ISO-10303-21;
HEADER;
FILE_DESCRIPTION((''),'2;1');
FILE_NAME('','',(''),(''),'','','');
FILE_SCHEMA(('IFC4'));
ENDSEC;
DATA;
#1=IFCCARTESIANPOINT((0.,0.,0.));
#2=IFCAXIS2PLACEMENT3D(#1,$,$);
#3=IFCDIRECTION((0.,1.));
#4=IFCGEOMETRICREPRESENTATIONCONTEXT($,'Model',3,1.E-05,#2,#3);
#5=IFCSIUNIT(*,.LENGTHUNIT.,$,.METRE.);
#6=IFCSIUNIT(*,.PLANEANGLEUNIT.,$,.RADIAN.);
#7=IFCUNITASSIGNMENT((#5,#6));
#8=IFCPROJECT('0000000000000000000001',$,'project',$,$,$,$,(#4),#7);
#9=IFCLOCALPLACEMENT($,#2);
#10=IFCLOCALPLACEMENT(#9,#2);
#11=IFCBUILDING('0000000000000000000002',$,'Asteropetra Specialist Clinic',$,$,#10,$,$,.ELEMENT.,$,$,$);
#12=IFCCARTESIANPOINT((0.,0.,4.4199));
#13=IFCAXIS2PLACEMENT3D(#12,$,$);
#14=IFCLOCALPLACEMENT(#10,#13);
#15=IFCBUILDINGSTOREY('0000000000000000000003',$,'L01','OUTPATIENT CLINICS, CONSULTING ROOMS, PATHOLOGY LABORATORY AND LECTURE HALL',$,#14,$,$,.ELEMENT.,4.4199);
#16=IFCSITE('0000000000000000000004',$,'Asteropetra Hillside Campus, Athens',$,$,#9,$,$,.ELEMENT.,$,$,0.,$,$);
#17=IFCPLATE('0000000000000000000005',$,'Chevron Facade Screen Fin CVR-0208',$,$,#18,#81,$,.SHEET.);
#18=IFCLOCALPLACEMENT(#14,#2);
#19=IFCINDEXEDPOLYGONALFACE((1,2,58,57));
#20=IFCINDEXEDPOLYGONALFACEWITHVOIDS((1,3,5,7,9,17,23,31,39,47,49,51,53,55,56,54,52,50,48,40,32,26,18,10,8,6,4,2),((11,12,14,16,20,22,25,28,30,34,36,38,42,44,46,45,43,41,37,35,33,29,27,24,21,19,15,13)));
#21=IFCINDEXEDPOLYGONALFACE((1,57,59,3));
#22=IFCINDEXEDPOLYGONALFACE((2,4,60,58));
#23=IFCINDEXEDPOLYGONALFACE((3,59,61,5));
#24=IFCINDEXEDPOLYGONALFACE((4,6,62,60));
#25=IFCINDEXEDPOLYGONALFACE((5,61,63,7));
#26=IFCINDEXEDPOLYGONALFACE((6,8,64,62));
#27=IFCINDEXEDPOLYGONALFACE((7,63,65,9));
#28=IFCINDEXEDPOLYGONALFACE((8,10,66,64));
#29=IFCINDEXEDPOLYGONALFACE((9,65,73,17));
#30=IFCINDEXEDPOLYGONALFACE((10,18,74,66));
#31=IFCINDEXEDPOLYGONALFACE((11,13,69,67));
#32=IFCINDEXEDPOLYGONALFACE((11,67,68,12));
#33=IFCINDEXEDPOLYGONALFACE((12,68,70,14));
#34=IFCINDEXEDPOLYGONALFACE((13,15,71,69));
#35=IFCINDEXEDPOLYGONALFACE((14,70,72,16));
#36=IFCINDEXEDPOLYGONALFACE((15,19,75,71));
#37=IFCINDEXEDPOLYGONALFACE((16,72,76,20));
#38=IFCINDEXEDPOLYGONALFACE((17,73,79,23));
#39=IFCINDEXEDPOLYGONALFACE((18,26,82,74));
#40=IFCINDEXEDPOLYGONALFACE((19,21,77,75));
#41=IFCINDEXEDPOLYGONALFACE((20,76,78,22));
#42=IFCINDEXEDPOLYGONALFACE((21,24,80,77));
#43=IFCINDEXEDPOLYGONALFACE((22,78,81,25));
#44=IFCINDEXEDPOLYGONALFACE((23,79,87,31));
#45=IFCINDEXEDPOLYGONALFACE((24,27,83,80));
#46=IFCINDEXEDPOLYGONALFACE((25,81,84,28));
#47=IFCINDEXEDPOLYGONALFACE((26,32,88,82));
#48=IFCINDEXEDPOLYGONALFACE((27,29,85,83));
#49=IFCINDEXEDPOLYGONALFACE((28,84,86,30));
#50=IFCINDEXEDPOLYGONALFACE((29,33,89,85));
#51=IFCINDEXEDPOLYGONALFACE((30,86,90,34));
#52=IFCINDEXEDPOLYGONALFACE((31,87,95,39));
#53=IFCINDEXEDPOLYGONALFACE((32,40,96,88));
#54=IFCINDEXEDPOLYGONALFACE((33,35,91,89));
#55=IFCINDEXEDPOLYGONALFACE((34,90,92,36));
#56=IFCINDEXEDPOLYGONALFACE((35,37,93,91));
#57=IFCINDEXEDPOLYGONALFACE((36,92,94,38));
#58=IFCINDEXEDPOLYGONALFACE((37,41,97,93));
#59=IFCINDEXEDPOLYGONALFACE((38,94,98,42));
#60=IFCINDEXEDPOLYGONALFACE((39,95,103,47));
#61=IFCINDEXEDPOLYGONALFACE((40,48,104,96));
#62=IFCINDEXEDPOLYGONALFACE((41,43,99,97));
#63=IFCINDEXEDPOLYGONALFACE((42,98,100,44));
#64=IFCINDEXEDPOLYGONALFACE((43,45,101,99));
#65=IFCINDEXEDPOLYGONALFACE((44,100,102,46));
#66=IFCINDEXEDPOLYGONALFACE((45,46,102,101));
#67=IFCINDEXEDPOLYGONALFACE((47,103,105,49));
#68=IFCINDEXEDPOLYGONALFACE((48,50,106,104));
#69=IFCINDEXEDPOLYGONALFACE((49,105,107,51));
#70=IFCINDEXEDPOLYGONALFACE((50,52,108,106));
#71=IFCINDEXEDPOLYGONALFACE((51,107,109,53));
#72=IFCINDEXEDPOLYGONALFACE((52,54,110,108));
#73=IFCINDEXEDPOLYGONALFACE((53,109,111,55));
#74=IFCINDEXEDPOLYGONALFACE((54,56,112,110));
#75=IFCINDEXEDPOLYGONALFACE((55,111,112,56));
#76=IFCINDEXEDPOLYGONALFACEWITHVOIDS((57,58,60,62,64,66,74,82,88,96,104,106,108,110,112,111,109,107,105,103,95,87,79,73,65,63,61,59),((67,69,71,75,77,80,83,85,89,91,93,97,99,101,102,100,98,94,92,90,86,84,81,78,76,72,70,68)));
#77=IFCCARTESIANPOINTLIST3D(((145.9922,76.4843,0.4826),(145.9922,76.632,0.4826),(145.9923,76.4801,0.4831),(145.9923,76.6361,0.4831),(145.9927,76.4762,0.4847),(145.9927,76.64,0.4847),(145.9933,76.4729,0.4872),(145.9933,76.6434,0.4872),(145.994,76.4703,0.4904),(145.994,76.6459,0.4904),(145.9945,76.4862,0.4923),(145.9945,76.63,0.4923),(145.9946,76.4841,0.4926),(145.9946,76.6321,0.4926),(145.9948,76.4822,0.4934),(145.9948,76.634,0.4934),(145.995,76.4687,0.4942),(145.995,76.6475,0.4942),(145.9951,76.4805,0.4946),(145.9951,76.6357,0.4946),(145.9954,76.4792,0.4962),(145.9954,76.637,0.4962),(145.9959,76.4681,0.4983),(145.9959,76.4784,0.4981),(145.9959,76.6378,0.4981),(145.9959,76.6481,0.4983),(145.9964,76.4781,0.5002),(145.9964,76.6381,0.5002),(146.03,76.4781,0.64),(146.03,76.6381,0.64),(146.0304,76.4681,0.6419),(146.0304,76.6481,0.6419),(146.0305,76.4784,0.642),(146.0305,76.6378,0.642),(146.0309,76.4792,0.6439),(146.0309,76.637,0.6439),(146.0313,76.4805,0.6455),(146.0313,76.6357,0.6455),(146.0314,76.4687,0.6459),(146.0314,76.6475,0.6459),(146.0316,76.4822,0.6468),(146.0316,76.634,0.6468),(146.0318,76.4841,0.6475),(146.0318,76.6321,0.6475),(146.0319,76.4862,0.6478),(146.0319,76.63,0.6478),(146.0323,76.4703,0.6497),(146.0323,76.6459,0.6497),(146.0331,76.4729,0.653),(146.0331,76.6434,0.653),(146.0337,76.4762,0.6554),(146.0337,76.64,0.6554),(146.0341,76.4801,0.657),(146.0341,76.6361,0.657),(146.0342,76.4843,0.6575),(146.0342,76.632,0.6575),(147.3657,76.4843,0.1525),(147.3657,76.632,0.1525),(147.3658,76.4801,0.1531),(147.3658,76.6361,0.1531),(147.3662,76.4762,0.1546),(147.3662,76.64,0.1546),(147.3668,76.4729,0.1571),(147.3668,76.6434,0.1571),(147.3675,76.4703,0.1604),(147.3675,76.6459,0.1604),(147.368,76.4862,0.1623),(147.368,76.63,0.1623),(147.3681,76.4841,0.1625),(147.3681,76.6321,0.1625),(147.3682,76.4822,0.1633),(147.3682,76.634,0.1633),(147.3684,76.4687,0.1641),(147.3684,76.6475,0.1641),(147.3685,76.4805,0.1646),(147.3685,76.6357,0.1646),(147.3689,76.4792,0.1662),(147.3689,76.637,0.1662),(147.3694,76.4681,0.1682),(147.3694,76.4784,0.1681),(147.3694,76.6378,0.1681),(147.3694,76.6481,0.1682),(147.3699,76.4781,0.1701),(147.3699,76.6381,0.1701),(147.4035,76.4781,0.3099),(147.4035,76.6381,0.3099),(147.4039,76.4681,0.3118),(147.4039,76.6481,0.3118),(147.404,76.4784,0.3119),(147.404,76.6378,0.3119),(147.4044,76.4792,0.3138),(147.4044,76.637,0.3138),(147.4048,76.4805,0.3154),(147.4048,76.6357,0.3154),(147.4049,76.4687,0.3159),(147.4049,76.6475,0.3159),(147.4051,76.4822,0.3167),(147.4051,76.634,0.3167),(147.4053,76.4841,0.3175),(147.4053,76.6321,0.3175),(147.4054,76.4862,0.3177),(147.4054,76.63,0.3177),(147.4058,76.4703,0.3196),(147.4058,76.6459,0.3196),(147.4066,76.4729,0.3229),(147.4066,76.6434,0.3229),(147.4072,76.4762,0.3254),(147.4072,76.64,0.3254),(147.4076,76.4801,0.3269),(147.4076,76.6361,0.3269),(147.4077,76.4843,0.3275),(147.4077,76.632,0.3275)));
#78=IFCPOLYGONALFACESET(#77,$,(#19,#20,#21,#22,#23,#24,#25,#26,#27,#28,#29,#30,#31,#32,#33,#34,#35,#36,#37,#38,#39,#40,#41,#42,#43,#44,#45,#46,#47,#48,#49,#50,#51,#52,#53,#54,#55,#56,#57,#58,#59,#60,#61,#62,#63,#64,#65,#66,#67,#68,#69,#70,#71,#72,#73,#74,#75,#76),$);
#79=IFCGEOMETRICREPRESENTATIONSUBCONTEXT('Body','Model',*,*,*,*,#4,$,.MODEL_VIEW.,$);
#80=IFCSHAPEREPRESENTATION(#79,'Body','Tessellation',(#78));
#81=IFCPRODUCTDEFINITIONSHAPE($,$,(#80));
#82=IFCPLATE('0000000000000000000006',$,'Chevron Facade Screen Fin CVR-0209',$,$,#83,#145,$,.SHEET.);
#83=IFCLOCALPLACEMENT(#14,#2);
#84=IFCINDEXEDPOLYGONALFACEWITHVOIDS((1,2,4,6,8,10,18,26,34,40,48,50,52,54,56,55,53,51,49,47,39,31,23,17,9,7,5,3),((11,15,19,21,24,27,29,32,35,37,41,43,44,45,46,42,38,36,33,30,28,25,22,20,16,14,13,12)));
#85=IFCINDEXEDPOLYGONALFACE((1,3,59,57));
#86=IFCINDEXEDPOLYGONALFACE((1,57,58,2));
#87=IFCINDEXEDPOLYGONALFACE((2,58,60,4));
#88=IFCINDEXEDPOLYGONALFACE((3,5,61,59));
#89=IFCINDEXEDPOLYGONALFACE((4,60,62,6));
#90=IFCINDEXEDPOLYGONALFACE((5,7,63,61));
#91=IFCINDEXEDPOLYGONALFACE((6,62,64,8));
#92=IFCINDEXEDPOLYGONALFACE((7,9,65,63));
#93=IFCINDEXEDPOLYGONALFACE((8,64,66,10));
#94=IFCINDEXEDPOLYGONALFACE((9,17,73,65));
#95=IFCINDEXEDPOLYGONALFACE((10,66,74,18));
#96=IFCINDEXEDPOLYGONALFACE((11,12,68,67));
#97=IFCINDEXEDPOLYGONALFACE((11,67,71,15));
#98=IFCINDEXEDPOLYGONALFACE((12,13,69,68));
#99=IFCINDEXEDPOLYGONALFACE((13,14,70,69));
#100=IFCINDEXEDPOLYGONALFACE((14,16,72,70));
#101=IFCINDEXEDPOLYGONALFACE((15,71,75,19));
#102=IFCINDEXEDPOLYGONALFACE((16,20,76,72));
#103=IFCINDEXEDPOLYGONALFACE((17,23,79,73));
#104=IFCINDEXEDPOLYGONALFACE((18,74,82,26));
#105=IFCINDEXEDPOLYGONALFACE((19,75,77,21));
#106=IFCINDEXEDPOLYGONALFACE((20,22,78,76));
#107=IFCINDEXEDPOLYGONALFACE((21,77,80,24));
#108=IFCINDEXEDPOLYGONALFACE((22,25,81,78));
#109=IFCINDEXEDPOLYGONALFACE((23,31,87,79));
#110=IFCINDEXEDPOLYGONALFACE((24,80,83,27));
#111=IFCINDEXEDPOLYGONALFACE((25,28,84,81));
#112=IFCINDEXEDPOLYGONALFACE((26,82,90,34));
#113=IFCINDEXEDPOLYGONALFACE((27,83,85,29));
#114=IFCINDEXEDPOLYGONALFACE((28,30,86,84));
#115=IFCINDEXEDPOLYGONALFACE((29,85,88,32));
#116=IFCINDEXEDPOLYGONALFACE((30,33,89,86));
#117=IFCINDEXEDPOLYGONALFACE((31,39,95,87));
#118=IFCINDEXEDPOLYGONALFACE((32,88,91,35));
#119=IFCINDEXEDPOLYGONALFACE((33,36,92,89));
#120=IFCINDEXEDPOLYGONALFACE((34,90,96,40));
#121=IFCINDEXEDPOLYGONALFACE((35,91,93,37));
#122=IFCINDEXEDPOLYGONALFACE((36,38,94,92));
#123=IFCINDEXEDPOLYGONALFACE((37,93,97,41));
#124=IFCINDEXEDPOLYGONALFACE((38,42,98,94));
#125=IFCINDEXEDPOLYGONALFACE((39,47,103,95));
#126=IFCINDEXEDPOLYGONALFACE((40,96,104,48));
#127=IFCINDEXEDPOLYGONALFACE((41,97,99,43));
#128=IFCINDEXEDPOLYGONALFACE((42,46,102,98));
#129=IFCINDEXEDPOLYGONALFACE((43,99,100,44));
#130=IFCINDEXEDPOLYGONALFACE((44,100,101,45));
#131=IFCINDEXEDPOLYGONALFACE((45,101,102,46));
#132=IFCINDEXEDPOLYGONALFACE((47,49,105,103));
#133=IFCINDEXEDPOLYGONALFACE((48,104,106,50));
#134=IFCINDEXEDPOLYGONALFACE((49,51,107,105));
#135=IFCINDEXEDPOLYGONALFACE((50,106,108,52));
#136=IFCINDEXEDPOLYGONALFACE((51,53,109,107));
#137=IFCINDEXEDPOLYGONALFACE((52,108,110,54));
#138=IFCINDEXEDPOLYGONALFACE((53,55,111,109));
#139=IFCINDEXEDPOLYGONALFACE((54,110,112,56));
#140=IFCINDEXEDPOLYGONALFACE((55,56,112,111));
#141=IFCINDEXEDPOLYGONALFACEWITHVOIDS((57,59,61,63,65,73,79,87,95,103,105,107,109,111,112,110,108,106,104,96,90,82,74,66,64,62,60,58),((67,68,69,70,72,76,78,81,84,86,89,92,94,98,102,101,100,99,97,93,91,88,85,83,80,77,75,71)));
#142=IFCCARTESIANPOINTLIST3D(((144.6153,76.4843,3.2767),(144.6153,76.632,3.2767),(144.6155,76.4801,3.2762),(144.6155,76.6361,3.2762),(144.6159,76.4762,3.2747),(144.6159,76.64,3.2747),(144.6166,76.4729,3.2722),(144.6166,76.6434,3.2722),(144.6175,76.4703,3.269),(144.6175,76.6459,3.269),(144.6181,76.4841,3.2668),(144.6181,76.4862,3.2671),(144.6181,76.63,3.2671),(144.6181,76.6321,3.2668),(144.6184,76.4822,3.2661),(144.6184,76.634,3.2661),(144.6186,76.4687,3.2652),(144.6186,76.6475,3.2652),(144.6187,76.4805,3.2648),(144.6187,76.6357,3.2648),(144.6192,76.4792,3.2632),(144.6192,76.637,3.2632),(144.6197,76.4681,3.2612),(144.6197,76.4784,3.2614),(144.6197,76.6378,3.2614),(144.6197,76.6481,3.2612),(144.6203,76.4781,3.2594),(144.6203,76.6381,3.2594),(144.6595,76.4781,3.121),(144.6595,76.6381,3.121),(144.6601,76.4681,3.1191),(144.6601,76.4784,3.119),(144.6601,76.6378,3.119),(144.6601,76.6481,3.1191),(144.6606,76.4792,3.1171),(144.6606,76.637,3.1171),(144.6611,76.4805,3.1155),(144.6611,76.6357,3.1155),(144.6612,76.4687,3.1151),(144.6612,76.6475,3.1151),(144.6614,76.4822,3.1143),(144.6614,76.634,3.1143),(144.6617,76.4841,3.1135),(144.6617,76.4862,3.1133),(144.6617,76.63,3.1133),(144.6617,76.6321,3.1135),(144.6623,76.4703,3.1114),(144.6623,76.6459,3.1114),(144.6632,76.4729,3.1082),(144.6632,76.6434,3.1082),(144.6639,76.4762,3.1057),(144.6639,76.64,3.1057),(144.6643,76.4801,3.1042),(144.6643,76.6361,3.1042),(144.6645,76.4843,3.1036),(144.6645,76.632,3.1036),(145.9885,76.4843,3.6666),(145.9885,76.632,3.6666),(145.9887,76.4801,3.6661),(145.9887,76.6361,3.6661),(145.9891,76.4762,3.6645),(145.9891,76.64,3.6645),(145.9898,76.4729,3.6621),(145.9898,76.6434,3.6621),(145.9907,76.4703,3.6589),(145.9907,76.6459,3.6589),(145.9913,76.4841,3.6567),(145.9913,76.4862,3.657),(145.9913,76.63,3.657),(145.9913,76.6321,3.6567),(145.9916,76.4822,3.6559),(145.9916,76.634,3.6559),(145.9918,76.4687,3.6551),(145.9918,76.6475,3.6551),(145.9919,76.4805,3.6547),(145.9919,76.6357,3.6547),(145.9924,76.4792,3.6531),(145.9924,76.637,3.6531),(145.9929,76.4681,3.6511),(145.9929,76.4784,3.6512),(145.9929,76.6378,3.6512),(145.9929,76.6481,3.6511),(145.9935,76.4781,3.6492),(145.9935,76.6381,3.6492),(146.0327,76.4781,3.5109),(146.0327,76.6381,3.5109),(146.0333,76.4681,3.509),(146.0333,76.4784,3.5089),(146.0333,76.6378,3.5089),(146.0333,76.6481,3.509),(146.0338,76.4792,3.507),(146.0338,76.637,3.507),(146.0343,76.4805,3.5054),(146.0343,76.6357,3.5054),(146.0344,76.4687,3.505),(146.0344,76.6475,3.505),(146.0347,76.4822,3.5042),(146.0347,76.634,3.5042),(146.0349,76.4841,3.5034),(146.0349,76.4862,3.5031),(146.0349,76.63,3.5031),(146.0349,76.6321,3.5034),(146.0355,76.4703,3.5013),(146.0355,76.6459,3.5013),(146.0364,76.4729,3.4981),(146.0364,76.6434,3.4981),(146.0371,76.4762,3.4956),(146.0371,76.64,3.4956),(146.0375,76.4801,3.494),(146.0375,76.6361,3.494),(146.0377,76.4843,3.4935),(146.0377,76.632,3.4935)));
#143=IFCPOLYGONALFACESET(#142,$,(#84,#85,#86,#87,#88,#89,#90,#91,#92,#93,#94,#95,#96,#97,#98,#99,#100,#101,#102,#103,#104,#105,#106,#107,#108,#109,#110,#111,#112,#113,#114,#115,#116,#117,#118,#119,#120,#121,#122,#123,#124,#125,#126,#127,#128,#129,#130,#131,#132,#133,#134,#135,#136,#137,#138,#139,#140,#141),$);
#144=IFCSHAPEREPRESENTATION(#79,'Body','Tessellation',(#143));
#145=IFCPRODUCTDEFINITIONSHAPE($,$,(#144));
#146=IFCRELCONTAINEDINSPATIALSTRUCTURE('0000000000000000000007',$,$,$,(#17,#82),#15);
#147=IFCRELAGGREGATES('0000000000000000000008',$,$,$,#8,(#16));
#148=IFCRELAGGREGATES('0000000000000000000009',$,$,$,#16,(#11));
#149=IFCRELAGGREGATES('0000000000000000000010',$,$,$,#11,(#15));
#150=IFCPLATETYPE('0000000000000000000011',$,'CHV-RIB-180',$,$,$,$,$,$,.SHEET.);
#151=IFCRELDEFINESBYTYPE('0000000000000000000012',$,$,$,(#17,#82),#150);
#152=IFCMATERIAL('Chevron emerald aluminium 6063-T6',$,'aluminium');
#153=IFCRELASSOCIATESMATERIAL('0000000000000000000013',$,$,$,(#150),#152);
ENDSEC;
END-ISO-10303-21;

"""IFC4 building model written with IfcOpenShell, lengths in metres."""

from ifc_helpers import new_model, si_unit, direction, frame, origin, origin_2d, place, context, subcontext, project, spatial, hollow_rectangle, extrude, material, material_profile, profile_set, type_object, element, save


model = new_model("IFC4")

# Units and contexts
model_context = context("Model", 3, precision=1e-05, world=origin(), true_north=direction((0.0, 1.0)))
body_context = subcontext(model_context, "Body", "Model", "MODEL_VIEW")
ifc_project = project(units=[si_unit("LENGTHUNIT", "METRE"), si_unit("PLANEANGLEUNIT", "RADIAN")], contexts=[model_context])

# Site, building, storey
site_placement = place(None, origin())
site = spatial("IfcSite", under=ifc_project, at=site_placement, Name="Asteropetra Hillside Campus, Athens", CompositionType="ELEMENT", RefElevation=0.0)
building_placement = place(site_placement, origin())
building = spatial("IfcBuilding", under=site, at=building_placement, Name="Asteropetra Specialist Clinic", CompositionType="ELEMENT")
storey_placement = place(building_placement, frame((0.0, 0.0, 4.4199)))
storey = spatial("IfcBuildingStorey", under=building, at=storey_placement, Name="L01", Description="OUTPATIENT CLINICS, CONSULTING ROOMS, PATHOLOGY LABORATORY AND LECTURE HALL", CompositionType="ELEMENT", Elevation=4.4199)

# Plates
ifc_material_1 = material(Name="Chevron emerald aluminium 6063-T6", Category="aluminium")
ifc_material_profile_1 = material_profile(ifc_material_1, hollow_rectangle(XDim=0.1799, YDim=0.1799, WallThickness=0.01, InnerFilletRadius=0.0081, OuterFilletRadius=0.0161, at=origin_2d()), Name="SHS 180x180x10.0")
ifc_profile_set_1 = profile_set([ifc_material_profile_1], Name="Chevron emerald aluminium 6063-T6")
plate_type = type_object("IfcPlateType", Name="CHV-RIB-180", PredefinedType="SHEET", material=ifc_profile_set_1)
plate_1_placement = place(storey_placement, frame((146.0132, 76.5581, 0.5701), z_axis=(0.972318, 0.0, -0.233661), x_axis=(0.0, 1.0, 0.0)))
element("IfcPlate", 1, at=plate_1_placement, inside=storey, type_object=plate_type, Name="Chevron Facade Screen Fin CVR-0208", PredefinedType="SHEET", context=body_context, shape_type="SweptSolid", body=[
    extrude(hollow_rectangle(XDim=0.1799, YDim=0.1799, WallThickness=0.01, InnerFilletRadius=0.0081, OuterFilletRadius=0.0161, at=origin_2d()), origin(), (0.0, 0.0, 1.0), 1.4126),
])
plate_2_placement = place(storey_placement, frame((144.6399, 76.5581, 3.1902), z_axis=(0.961981, 0.0, 0.273117), x_axis=(0.0, 1.0, 0.0)))
element("IfcPlate", 2, at=plate_2_placement, inside=storey, type_object=plate_type, Name="Chevron Facade Screen Fin CVR-0209", PredefinedType="SHEET", context=body_context, shape_type="SweptSolid", body=[
    extrude(hollow_rectangle(XDim=0.1799, YDim=0.1799, WallThickness=0.01, InnerFilletRadius=0.0081, OuterFilletRadius=0.0161, at=origin_2d()), origin(), (0.0, 0.0, 1.0), 1.4275),
])

save(model, "model.ifc")
